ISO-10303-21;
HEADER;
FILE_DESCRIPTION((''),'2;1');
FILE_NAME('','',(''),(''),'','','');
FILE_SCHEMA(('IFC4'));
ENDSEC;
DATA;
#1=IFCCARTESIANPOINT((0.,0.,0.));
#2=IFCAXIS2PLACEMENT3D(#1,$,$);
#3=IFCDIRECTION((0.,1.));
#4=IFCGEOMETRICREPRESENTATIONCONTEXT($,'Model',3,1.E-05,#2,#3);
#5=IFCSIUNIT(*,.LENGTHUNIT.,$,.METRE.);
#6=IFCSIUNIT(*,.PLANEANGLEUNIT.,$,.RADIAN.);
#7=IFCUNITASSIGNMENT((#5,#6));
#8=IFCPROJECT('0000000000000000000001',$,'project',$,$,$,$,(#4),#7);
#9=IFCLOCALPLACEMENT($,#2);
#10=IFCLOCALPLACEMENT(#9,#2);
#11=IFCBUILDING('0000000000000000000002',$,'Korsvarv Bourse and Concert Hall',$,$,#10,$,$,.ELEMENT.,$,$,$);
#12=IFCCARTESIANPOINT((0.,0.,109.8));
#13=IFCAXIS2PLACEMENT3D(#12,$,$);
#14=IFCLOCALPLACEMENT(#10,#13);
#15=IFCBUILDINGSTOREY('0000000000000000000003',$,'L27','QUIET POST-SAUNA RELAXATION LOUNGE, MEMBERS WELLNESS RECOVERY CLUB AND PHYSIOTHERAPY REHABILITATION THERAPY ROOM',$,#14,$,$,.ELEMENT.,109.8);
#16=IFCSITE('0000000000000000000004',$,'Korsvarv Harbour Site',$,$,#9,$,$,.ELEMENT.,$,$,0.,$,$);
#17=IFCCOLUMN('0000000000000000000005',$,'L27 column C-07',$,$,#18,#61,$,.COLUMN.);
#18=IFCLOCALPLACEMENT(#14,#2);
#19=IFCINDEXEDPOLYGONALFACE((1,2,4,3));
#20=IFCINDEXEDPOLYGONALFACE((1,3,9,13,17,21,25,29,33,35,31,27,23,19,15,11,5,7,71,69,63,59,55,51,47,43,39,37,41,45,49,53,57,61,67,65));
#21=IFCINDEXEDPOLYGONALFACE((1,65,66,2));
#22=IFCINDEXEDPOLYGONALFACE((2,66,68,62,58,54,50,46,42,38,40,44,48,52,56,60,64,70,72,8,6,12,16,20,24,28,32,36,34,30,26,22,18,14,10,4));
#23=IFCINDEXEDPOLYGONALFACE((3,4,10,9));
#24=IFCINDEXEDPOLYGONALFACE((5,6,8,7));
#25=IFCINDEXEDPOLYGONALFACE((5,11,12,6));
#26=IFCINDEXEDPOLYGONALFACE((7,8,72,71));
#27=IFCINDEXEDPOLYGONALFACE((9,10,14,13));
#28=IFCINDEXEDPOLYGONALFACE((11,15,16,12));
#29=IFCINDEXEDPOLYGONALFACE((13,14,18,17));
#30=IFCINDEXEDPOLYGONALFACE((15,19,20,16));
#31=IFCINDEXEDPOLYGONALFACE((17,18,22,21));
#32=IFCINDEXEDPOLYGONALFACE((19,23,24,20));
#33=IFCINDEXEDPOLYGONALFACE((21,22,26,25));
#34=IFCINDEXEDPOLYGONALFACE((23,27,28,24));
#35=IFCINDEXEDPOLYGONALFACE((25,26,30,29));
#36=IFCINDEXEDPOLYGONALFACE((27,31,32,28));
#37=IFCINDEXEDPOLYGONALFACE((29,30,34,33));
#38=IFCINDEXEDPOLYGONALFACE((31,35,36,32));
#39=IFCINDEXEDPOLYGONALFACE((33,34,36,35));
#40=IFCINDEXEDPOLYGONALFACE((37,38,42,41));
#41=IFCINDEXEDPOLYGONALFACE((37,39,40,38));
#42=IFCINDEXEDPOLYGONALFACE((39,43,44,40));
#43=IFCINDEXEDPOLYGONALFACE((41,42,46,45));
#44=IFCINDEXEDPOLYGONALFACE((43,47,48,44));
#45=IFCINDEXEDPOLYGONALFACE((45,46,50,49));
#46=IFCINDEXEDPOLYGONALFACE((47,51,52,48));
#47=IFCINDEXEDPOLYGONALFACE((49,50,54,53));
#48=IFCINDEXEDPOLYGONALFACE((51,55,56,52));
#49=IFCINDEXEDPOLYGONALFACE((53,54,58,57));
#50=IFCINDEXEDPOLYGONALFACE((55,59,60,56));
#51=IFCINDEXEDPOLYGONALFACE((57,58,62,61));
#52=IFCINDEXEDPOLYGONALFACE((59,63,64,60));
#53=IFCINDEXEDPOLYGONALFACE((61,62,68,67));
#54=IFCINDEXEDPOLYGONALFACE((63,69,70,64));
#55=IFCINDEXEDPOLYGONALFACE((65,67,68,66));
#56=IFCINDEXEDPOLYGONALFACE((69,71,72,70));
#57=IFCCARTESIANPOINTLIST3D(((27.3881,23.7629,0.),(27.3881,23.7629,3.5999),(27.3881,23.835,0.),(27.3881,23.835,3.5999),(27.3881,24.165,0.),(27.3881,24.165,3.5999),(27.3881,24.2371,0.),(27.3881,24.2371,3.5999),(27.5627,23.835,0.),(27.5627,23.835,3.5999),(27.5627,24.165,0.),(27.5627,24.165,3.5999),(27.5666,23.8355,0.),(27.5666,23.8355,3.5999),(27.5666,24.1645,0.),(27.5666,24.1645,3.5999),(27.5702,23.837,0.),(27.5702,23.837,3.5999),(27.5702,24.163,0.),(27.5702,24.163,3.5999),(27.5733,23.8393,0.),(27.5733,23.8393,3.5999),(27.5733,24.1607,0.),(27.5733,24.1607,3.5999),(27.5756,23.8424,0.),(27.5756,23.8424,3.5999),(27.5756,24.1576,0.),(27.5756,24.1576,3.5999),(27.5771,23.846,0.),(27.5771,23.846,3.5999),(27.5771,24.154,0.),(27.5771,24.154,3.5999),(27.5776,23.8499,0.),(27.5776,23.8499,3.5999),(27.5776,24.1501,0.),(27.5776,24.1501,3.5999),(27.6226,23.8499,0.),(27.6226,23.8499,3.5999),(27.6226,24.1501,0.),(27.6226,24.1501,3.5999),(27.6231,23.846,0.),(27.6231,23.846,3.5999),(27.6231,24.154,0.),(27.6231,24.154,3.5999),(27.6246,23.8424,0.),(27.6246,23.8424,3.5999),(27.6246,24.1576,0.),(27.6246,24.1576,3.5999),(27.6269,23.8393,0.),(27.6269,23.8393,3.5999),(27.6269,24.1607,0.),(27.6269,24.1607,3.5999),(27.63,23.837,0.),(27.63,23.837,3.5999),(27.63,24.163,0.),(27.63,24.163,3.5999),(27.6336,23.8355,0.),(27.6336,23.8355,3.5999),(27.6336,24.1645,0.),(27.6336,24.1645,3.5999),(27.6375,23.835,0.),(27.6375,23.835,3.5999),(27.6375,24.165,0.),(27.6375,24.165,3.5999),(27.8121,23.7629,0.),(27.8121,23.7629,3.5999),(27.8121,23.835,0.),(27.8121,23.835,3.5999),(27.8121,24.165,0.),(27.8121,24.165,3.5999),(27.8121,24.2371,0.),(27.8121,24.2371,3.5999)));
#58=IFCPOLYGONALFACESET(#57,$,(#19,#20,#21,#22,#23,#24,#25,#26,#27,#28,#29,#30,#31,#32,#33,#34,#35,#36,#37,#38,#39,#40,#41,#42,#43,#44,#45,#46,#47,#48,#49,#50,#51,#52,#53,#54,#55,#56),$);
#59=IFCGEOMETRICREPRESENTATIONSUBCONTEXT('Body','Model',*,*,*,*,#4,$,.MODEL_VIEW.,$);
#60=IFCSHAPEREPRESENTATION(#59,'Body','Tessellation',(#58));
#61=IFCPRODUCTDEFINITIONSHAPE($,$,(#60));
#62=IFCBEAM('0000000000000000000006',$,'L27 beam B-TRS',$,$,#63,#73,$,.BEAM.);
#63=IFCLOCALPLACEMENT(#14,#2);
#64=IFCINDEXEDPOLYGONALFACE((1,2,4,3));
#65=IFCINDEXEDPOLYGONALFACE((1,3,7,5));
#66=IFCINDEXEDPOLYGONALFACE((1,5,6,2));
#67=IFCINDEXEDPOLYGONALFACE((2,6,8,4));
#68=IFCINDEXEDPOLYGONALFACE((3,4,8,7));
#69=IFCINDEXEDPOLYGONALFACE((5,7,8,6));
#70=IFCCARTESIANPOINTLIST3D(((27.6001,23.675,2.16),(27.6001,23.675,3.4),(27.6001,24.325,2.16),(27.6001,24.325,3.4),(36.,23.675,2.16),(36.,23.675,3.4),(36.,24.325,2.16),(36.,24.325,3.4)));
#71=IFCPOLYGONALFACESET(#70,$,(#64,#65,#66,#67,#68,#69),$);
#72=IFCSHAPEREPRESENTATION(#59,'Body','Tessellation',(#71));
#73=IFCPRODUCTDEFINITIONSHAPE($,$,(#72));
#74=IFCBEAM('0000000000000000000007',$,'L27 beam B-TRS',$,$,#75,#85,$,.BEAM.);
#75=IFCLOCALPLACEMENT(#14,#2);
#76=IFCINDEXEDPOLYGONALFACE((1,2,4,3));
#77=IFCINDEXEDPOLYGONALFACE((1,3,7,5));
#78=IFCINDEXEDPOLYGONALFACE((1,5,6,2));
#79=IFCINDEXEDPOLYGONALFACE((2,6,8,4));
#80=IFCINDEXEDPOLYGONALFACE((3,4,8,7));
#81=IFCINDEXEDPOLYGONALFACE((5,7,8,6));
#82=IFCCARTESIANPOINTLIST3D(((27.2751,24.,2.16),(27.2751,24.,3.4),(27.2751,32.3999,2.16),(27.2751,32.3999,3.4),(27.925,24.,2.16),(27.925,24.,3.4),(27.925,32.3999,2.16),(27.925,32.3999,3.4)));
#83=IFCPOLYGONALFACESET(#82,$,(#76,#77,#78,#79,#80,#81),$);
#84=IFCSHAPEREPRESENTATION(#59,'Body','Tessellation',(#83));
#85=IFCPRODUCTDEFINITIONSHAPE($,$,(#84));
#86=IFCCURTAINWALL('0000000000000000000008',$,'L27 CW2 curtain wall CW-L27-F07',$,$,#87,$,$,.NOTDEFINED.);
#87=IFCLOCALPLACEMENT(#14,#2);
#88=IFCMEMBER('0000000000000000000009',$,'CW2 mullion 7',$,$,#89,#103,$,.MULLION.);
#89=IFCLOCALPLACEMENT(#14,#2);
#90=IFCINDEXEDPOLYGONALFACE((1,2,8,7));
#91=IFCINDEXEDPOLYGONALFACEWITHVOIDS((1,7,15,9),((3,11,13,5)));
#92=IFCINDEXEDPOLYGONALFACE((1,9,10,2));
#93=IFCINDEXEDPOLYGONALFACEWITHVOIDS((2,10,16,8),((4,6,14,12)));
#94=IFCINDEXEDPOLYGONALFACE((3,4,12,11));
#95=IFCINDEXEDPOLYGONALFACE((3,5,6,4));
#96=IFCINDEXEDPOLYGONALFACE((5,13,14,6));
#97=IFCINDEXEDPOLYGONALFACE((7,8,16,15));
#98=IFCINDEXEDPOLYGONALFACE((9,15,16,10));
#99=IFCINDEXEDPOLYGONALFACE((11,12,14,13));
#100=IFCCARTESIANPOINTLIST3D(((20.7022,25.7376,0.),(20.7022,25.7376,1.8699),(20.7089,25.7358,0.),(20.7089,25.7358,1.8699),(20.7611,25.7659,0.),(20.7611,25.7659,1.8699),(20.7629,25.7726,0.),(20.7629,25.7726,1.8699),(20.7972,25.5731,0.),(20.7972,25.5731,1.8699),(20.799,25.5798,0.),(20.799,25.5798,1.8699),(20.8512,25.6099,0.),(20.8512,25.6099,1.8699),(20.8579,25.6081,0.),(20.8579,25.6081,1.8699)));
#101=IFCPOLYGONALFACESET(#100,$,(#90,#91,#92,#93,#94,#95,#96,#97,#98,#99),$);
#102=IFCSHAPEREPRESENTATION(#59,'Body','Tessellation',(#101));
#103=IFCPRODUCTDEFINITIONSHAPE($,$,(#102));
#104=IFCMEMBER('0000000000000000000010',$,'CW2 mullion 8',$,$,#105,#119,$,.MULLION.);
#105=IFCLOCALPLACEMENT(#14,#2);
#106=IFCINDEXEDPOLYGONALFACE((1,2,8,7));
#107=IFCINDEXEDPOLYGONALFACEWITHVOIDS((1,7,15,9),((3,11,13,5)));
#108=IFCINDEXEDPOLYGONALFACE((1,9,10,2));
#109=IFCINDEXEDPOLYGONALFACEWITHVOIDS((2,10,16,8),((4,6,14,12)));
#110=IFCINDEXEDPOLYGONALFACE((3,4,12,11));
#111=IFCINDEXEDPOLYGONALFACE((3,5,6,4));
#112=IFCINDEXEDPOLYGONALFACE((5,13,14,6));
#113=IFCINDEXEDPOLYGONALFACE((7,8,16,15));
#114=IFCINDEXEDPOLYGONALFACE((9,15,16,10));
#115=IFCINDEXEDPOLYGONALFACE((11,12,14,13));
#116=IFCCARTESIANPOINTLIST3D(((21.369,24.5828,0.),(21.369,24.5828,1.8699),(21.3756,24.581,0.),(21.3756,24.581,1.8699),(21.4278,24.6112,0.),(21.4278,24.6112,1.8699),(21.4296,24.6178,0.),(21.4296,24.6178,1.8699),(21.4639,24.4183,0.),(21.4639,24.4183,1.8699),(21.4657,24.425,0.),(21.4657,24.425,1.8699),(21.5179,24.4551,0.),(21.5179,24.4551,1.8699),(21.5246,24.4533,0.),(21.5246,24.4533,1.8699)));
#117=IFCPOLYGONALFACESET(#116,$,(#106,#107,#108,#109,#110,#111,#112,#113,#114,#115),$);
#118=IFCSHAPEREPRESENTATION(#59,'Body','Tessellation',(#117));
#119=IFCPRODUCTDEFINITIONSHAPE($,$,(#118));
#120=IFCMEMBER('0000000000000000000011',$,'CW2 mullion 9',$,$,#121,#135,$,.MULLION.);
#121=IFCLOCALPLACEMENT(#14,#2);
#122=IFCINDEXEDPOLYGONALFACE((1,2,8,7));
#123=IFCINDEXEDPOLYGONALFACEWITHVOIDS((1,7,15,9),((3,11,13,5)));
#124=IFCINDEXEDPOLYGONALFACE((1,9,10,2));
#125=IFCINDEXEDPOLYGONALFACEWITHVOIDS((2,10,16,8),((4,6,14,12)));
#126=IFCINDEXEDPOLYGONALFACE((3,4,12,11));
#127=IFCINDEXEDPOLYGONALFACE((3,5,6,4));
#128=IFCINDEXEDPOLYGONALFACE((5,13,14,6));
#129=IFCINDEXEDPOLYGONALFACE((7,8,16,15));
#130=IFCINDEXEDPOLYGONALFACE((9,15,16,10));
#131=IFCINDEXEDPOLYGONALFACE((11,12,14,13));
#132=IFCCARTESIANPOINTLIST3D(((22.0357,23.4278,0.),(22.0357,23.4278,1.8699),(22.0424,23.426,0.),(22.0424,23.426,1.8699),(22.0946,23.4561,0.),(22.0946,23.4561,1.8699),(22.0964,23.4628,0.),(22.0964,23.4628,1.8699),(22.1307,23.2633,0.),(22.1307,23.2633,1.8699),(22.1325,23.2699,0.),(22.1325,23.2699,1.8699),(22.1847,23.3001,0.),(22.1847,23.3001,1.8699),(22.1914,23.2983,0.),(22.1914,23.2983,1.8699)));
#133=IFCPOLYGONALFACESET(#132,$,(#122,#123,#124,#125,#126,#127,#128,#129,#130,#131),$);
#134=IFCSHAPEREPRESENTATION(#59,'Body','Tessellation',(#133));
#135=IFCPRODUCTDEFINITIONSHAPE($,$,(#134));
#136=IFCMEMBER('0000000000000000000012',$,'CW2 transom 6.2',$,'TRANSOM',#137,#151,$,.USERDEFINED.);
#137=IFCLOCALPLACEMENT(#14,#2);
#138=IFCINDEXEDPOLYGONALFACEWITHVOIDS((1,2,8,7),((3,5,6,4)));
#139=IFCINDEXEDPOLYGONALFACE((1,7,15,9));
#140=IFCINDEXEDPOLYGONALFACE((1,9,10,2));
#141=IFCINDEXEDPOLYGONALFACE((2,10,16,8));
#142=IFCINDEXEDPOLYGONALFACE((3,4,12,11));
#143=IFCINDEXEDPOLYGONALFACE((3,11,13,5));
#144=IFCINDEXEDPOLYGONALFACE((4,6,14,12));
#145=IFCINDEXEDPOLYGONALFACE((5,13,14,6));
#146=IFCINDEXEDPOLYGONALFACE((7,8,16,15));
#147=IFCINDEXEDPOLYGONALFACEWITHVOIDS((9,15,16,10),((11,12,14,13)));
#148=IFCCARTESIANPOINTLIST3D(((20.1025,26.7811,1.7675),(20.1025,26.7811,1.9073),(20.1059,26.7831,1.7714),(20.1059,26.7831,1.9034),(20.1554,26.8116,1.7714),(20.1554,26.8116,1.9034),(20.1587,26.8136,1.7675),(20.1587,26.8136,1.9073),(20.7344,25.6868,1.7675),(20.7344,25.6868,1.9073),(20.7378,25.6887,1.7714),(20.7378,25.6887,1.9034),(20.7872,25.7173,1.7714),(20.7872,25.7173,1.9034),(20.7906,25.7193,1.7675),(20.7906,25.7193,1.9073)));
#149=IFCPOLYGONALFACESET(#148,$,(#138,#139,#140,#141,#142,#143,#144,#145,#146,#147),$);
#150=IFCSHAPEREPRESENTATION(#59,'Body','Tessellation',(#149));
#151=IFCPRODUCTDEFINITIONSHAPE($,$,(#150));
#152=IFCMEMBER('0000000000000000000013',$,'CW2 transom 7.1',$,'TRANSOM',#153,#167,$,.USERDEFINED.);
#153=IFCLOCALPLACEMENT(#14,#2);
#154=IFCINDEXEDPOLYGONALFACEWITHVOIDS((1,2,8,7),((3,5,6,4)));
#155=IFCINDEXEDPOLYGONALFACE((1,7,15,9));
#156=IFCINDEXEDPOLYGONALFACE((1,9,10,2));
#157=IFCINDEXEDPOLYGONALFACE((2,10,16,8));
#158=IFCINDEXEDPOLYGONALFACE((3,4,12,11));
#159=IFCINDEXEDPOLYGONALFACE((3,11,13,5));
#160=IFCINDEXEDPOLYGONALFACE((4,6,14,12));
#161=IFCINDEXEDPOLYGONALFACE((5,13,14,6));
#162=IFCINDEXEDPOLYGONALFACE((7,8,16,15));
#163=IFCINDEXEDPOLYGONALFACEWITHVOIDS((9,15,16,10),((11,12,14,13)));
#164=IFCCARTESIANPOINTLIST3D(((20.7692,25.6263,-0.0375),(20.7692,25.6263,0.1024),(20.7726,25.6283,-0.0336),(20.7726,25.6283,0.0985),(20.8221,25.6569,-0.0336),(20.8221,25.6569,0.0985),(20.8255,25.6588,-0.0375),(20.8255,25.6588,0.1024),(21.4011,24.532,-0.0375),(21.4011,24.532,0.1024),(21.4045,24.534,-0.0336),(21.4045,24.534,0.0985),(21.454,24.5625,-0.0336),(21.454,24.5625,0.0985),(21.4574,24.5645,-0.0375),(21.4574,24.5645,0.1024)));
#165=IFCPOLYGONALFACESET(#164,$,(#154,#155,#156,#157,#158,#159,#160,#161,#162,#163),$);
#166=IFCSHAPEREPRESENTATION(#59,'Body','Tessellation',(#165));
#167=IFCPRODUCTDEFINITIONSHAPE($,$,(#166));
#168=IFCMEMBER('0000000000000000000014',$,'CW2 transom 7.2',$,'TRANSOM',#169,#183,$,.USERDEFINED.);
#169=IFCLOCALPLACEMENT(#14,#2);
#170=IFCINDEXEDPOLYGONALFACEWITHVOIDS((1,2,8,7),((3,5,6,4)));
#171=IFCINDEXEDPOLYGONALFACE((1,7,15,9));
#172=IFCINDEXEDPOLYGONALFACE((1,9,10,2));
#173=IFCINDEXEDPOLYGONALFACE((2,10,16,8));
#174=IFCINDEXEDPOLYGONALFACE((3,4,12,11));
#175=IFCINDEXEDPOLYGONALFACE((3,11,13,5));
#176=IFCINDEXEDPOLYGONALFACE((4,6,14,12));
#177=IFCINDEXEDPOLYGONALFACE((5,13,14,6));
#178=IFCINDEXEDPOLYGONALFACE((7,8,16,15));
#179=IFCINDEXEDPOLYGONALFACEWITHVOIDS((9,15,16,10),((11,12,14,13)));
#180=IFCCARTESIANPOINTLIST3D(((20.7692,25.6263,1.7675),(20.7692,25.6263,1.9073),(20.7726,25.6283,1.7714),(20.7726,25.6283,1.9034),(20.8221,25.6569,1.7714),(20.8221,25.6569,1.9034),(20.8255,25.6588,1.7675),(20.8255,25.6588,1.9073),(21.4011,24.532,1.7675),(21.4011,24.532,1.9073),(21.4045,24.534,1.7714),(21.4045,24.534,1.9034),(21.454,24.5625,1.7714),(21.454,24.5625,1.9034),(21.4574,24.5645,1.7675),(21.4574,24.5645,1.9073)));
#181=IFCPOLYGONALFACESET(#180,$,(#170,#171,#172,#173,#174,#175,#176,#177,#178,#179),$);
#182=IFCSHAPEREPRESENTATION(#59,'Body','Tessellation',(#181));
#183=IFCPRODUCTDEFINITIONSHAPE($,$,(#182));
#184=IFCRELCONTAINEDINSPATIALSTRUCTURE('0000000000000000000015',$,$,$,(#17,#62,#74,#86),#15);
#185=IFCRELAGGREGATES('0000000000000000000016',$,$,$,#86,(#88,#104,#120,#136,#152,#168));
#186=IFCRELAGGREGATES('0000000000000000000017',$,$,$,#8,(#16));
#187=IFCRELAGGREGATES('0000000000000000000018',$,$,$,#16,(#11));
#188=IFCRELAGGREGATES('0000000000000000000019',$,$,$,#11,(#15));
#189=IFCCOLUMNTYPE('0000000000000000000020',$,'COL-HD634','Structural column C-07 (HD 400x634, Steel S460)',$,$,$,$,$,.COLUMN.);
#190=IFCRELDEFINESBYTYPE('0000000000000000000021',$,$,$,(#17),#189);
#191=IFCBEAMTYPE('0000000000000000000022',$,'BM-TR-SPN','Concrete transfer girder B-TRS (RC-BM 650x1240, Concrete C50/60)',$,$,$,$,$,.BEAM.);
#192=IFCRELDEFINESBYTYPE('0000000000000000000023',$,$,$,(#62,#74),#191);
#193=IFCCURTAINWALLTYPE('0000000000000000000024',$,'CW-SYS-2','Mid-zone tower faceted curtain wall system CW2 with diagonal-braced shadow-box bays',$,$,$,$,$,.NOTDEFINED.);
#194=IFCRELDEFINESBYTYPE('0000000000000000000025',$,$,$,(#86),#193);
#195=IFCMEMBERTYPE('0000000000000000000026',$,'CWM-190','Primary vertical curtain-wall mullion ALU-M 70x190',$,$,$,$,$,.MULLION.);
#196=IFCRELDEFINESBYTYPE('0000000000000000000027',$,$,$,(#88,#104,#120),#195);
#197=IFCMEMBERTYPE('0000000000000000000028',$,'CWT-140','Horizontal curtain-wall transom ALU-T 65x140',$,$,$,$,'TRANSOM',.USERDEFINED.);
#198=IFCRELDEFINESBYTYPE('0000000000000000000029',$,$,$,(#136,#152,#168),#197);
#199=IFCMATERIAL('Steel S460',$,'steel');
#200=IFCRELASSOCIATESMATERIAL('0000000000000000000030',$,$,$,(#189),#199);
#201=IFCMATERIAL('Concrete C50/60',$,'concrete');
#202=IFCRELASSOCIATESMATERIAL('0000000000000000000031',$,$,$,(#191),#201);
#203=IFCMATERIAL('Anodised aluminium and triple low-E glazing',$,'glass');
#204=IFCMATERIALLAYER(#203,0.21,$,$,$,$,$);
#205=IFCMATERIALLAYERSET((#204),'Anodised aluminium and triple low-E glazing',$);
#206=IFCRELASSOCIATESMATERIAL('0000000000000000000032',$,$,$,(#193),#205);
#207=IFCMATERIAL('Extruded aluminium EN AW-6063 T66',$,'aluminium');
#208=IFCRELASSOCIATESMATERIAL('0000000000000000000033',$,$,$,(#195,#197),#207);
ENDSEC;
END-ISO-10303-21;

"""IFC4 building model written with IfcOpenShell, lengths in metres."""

from ifc_helpers import new_model, si_unit, direction, frame, origin, origin_2d, place, context, subcontext, project, spatial, rectangle, hollow_rectangle, i_section, extrude, source, transform, mapped, material, layer, layer_set, material_profile, profile_set, type_object, element, aggregate, save


model = new_model("IFC4")

# Units and contexts
model_context = context("Model", 3, precision=1e-05, world=origin(), true_north=direction((0.0, 1.0)))
body_context = subcontext(model_context, "Body", "Model", "MODEL_VIEW")
ifc_project = project(units=[si_unit("LENGTHUNIT", "METRE"), si_unit("PLANEANGLEUNIT", "RADIAN")], contexts=[model_context])

# Site, building, storey
site_placement = place(None, origin())
site = spatial("IfcSite", under=ifc_project, at=site_placement, Name="Korsvarv Harbour Site", CompositionType="ELEMENT", RefElevation=0.0)
building_placement = place(site_placement, origin())
building = spatial("IfcBuilding", under=site, at=building_placement, Name="Korsvarv Bourse and Concert Hall", CompositionType="ELEMENT")
storey_placement = place(building_placement, frame((0.0, 0.0, 109.8)))
storey = spatial("IfcBuildingStorey", under=building, at=storey_placement, Name="L27", Description="QUIET POST-SAUNA RELAXATION LOUNGE, MEMBERS WELLNESS RECOVERY CLUB AND PHYSIOTHERAPY REHABILITATION THERAPY ROOM", CompositionType="ELEMENT", Elevation=109.8)

# Column
ifc_material_1 = material(Name="Steel S460", Category="steel")
ifc_material_profile_1 = material_profile(ifc_material_1, i_section(OverallWidth=0.4241, OverallDepth=0.4741, WebThickness=0.0449, FlangeThickness=0.072, FilletRadius=0.0149, at=origin_2d()), Name="HD 400x634")
ifc_profile_set_1 = profile_set([ifc_material_profile_1], Name="Steel S460")
column_type = type_object("IfcColumnType", Name="COL-HD634", Description="Structural column C-07 (HD 400x634, Steel S460)", PredefinedType="COLUMN", material=ifc_profile_set_1)
shared_shape_1 = source(origin(), body_context, "Body", "SweptSolid", [
    extrude(i_section(OverallWidth=0.4241, OverallDepth=0.4741, WebThickness=0.0449, FlangeThickness=0.072, FilletRadius=0.0149, at=origin_2d()), origin(), (0.0, 0.0, 1.0), 3.5999),
])
column_placement = place(storey_placement, frame((27.6001, 24.0, 0.0), z_axis=(0.0, 0.0, 1.0), x_axis=(1.0, 0.0, 0.0)))
element("IfcColumn", 1, at=column_placement, inside=storey, type_object=column_type, Name="L27 column C-07", PredefinedType="COLUMN", context=body_context, shape_type="MappedRepresentation", body=[
    mapped(shared_shape_1, transform((0.0, 0.0, 0.0), scale=1.0)),
])

# Beams
ifc_material_2 = material(Name="Concrete C50/60", Category="concrete")
ifc_material_profile_2 = material_profile(ifc_material_2, rectangle(XDim=0.6499, YDim=1.24, at=origin_2d()), Name="RC-BM 650x1240")
ifc_profile_set_2 = profile_set([ifc_material_profile_2], Name="Concrete C50/60")
beam_type = type_object("IfcBeamType", Name="BM-TR-SPN", Description="Concrete transfer girder B-TRS (RC-BM 650x1240, Concrete C50/60)", PredefinedType="BEAM", material=ifc_profile_set_2)
shared_shape_2 = source(origin(), body_context, "Body", "SweptSolid", [
    extrude(rectangle(XDim=0.6499, YDim=1.24, at=origin_2d()), origin(), (0.0, 0.0, 1.0), 8.3999),
])
for number, where, z_axis, x_axis, name in (
    (2, (27.6001, 24.0, 2.78), (1.0, 0.0, 0.0), (0.0, 1.0, 0.0), "L27 beam B-TRS"),
    (3, (27.6001, 24.0, 2.78), (0.0, 1.0, 0.0), (-1.0, 0.0, 0.0), "L27 beam B-TRS"),
):
    element("IfcBeam", number, at=place(storey_placement, frame(where, z_axis=z_axis, x_axis=x_axis)), inside=storey, type_object=beam_type, Name=name, PredefinedType="BEAM", context=body_context, shape_type="MappedRepresentation", body=[
        mapped(shared_shape_2, transform((0.0, 0.0, 0.0), scale=1.0)),
    ])

# Curtain wall, members
ifc_material_3 = material(Name="Anodised aluminium and triple low-E glazing", Category="glass")
ifc_layer_1 = layer(ifc_material_3, 0.21)
ifc_layer_set_1 = layer_set([ifc_layer_1], Name="Anodised aluminium and triple low-E glazing")
curtain_wall_type = type_object("IfcCurtainWallType", Name="CW-SYS-2", Description="Mid-zone tower faceted curtain wall system CW2 with diagonal-braced shadow-box bays", PredefinedType="NOTDEFINED", material=ifc_layer_set_1)
curtain_wall_placement = place(storey_placement, origin())
curtain_wall = element("IfcCurtainWall", 4, at=curtain_wall_placement, inside=storey, type_object=curtain_wall_type, Name="L27 CW2 curtain wall CW-L27-F07", PredefinedType="NOTDEFINED")
ifc_material_4 = material(Name="Extruded aluminium EN AW-6063 T66", Category="aluminium")
ifc_material_profile_3 = material_profile(ifc_material_4, hollow_rectangle(XDim=0.0701, YDim=0.1899, WallThickness=0.0049, at=origin_2d()), Name="ALU-M 70x190")
ifc_profile_set_3 = profile_set([ifc_material_profile_3], Name="Extruded aluminium EN AW-6063 T66")
member_type_1 = type_object("IfcMemberType", Name="CWM-190", Description="Primary vertical curtain-wall mullion ALU-M 70x190", PredefinedType="MULLION", material=ifc_profile_set_3)
shared_shape_3 = source(origin(), body_context, "Body", "SweptSolid", [
    extrude(hollow_rectangle(XDim=0.0701, YDim=0.1899, WallThickness=0.0049, at=origin_2d()), origin(), (0.0, 0.0, 1.0), 1.8699),
])
member_1_placement = place(storey_placement, frame((20.78, 25.6729, 0.0), z_axis=(0.0, 0.0, 1.0), x_axis=(0.866022, 0.500006, 0.0)))
member_1 = element("IfcMember", 5, at=member_1_placement, type_object=member_type_1, Name="CW2 mullion 7", PredefinedType="MULLION", context=body_context, shape_type="MappedRepresentation", body=[
    mapped(shared_shape_3, transform((0.0, 0.0, 0.0), scale=1.0)),
])
member_2_placement = place(storey_placement, frame((21.4468, 24.5181, 0.0), z_axis=(0.0, 0.0, 1.0), x_axis=(0.866022, 0.500006, 0.0)))
member_2 = element("IfcMember", 6, at=member_2_placement, type_object=member_type_1, Name="CW2 mullion 8", PredefinedType="MULLION", context=body_context, shape_type="MappedRepresentation", body=[
    mapped(shared_shape_3, transform((0.0, 0.0, 0.0), scale=1.0)),
])
member_3_placement = place(storey_placement, frame((22.1135, 23.363, 0.0), z_axis=(0.0, 0.0, 1.0), x_axis=(0.866022, 0.500006, 0.0)))
member_3 = element("IfcMember", 7, at=member_3_placement, type_object=member_type_1, Name="CW2 mullion 9", PredefinedType="MULLION", context=body_context, shape_type="MappedRepresentation", body=[
    mapped(shared_shape_3, transform((0.0, 0.0, 0.0), scale=1.0)),
])
ifc_material_profile_4 = material_profile(ifc_material_4, hollow_rectangle(XDim=0.0649, YDim=0.1399, WallThickness=0.0039, at=origin_2d()), Name="ALU-T 65x140")
ifc_profile_set_4 = profile_set([ifc_material_profile_4], Name="Extruded aluminium EN AW-6063 T66")
member_type_2 = type_object("IfcMemberType", Name="CWT-140", Description="Horizontal curtain-wall transom ALU-T 65x140", ElementType="TRANSOM", PredefinedType="USERDEFINED", material=ifc_profile_set_4)
shared_shape_4 = source(origin(), body_context, "Body", "SweptSolid", [
    extrude(hollow_rectangle(XDim=0.0649, YDim=0.1399, WallThickness=0.0039, at=origin_2d()), origin(), (0.0, 0.0, 1.0), 1.2637),
])
member_4_placement = place(storey_placement, frame((20.1306, 26.7974, 1.8374), z_axis=(0.500046, -0.865999, 0.0), x_axis=(0.865999, 0.500046, 0.0)))
member_4 = element("IfcMember", 8, at=member_4_placement, type_object=member_type_2, Name="CW2 transom 6.2", ObjectType="TRANSOM", PredefinedType="USERDEFINED", context=body_context, shape_type="MappedRepresentation", body=[
    mapped(shared_shape_4, transform((0.0, 0.0, 0.0), scale=1.0)),
])
member_5_placement = place(storey_placement, frame((20.7974, 25.6426, 0.0325), z_axis=(0.500046, -0.865999, 0.0), x_axis=(0.865999, 0.500046, 0.0)))
member_5 = element("IfcMember", 9, at=member_5_placement, type_object=member_type_2, Name="CW2 transom 7.1", ObjectType="TRANSOM", PredefinedType="USERDEFINED", context=body_context, shape_type="MappedRepresentation", body=[
    mapped(shared_shape_4, transform((0.0, 0.0, 0.0), scale=1.0)),
])
member_6_placement = place(storey_placement, frame((20.7974, 25.6426, 1.8374), z_axis=(0.500046, -0.865999, 0.0), x_axis=(0.865999, 0.500046, 0.0)))
member_6 = element("IfcMember", 10, at=member_6_placement, type_object=member_type_2, Name="CW2 transom 7.2", ObjectType="TRANSOM", PredefinedType="USERDEFINED", context=body_context, shape_type="MappedRepresentation", body=[
    mapped(shared_shape_4, transform((0.0, 0.0, 0.0), scale=1.0)),
])
aggregate(curtain_wall, [member_1, member_2, member_3, member_4, member_5, member_6])

save(model, "model.ifc")
